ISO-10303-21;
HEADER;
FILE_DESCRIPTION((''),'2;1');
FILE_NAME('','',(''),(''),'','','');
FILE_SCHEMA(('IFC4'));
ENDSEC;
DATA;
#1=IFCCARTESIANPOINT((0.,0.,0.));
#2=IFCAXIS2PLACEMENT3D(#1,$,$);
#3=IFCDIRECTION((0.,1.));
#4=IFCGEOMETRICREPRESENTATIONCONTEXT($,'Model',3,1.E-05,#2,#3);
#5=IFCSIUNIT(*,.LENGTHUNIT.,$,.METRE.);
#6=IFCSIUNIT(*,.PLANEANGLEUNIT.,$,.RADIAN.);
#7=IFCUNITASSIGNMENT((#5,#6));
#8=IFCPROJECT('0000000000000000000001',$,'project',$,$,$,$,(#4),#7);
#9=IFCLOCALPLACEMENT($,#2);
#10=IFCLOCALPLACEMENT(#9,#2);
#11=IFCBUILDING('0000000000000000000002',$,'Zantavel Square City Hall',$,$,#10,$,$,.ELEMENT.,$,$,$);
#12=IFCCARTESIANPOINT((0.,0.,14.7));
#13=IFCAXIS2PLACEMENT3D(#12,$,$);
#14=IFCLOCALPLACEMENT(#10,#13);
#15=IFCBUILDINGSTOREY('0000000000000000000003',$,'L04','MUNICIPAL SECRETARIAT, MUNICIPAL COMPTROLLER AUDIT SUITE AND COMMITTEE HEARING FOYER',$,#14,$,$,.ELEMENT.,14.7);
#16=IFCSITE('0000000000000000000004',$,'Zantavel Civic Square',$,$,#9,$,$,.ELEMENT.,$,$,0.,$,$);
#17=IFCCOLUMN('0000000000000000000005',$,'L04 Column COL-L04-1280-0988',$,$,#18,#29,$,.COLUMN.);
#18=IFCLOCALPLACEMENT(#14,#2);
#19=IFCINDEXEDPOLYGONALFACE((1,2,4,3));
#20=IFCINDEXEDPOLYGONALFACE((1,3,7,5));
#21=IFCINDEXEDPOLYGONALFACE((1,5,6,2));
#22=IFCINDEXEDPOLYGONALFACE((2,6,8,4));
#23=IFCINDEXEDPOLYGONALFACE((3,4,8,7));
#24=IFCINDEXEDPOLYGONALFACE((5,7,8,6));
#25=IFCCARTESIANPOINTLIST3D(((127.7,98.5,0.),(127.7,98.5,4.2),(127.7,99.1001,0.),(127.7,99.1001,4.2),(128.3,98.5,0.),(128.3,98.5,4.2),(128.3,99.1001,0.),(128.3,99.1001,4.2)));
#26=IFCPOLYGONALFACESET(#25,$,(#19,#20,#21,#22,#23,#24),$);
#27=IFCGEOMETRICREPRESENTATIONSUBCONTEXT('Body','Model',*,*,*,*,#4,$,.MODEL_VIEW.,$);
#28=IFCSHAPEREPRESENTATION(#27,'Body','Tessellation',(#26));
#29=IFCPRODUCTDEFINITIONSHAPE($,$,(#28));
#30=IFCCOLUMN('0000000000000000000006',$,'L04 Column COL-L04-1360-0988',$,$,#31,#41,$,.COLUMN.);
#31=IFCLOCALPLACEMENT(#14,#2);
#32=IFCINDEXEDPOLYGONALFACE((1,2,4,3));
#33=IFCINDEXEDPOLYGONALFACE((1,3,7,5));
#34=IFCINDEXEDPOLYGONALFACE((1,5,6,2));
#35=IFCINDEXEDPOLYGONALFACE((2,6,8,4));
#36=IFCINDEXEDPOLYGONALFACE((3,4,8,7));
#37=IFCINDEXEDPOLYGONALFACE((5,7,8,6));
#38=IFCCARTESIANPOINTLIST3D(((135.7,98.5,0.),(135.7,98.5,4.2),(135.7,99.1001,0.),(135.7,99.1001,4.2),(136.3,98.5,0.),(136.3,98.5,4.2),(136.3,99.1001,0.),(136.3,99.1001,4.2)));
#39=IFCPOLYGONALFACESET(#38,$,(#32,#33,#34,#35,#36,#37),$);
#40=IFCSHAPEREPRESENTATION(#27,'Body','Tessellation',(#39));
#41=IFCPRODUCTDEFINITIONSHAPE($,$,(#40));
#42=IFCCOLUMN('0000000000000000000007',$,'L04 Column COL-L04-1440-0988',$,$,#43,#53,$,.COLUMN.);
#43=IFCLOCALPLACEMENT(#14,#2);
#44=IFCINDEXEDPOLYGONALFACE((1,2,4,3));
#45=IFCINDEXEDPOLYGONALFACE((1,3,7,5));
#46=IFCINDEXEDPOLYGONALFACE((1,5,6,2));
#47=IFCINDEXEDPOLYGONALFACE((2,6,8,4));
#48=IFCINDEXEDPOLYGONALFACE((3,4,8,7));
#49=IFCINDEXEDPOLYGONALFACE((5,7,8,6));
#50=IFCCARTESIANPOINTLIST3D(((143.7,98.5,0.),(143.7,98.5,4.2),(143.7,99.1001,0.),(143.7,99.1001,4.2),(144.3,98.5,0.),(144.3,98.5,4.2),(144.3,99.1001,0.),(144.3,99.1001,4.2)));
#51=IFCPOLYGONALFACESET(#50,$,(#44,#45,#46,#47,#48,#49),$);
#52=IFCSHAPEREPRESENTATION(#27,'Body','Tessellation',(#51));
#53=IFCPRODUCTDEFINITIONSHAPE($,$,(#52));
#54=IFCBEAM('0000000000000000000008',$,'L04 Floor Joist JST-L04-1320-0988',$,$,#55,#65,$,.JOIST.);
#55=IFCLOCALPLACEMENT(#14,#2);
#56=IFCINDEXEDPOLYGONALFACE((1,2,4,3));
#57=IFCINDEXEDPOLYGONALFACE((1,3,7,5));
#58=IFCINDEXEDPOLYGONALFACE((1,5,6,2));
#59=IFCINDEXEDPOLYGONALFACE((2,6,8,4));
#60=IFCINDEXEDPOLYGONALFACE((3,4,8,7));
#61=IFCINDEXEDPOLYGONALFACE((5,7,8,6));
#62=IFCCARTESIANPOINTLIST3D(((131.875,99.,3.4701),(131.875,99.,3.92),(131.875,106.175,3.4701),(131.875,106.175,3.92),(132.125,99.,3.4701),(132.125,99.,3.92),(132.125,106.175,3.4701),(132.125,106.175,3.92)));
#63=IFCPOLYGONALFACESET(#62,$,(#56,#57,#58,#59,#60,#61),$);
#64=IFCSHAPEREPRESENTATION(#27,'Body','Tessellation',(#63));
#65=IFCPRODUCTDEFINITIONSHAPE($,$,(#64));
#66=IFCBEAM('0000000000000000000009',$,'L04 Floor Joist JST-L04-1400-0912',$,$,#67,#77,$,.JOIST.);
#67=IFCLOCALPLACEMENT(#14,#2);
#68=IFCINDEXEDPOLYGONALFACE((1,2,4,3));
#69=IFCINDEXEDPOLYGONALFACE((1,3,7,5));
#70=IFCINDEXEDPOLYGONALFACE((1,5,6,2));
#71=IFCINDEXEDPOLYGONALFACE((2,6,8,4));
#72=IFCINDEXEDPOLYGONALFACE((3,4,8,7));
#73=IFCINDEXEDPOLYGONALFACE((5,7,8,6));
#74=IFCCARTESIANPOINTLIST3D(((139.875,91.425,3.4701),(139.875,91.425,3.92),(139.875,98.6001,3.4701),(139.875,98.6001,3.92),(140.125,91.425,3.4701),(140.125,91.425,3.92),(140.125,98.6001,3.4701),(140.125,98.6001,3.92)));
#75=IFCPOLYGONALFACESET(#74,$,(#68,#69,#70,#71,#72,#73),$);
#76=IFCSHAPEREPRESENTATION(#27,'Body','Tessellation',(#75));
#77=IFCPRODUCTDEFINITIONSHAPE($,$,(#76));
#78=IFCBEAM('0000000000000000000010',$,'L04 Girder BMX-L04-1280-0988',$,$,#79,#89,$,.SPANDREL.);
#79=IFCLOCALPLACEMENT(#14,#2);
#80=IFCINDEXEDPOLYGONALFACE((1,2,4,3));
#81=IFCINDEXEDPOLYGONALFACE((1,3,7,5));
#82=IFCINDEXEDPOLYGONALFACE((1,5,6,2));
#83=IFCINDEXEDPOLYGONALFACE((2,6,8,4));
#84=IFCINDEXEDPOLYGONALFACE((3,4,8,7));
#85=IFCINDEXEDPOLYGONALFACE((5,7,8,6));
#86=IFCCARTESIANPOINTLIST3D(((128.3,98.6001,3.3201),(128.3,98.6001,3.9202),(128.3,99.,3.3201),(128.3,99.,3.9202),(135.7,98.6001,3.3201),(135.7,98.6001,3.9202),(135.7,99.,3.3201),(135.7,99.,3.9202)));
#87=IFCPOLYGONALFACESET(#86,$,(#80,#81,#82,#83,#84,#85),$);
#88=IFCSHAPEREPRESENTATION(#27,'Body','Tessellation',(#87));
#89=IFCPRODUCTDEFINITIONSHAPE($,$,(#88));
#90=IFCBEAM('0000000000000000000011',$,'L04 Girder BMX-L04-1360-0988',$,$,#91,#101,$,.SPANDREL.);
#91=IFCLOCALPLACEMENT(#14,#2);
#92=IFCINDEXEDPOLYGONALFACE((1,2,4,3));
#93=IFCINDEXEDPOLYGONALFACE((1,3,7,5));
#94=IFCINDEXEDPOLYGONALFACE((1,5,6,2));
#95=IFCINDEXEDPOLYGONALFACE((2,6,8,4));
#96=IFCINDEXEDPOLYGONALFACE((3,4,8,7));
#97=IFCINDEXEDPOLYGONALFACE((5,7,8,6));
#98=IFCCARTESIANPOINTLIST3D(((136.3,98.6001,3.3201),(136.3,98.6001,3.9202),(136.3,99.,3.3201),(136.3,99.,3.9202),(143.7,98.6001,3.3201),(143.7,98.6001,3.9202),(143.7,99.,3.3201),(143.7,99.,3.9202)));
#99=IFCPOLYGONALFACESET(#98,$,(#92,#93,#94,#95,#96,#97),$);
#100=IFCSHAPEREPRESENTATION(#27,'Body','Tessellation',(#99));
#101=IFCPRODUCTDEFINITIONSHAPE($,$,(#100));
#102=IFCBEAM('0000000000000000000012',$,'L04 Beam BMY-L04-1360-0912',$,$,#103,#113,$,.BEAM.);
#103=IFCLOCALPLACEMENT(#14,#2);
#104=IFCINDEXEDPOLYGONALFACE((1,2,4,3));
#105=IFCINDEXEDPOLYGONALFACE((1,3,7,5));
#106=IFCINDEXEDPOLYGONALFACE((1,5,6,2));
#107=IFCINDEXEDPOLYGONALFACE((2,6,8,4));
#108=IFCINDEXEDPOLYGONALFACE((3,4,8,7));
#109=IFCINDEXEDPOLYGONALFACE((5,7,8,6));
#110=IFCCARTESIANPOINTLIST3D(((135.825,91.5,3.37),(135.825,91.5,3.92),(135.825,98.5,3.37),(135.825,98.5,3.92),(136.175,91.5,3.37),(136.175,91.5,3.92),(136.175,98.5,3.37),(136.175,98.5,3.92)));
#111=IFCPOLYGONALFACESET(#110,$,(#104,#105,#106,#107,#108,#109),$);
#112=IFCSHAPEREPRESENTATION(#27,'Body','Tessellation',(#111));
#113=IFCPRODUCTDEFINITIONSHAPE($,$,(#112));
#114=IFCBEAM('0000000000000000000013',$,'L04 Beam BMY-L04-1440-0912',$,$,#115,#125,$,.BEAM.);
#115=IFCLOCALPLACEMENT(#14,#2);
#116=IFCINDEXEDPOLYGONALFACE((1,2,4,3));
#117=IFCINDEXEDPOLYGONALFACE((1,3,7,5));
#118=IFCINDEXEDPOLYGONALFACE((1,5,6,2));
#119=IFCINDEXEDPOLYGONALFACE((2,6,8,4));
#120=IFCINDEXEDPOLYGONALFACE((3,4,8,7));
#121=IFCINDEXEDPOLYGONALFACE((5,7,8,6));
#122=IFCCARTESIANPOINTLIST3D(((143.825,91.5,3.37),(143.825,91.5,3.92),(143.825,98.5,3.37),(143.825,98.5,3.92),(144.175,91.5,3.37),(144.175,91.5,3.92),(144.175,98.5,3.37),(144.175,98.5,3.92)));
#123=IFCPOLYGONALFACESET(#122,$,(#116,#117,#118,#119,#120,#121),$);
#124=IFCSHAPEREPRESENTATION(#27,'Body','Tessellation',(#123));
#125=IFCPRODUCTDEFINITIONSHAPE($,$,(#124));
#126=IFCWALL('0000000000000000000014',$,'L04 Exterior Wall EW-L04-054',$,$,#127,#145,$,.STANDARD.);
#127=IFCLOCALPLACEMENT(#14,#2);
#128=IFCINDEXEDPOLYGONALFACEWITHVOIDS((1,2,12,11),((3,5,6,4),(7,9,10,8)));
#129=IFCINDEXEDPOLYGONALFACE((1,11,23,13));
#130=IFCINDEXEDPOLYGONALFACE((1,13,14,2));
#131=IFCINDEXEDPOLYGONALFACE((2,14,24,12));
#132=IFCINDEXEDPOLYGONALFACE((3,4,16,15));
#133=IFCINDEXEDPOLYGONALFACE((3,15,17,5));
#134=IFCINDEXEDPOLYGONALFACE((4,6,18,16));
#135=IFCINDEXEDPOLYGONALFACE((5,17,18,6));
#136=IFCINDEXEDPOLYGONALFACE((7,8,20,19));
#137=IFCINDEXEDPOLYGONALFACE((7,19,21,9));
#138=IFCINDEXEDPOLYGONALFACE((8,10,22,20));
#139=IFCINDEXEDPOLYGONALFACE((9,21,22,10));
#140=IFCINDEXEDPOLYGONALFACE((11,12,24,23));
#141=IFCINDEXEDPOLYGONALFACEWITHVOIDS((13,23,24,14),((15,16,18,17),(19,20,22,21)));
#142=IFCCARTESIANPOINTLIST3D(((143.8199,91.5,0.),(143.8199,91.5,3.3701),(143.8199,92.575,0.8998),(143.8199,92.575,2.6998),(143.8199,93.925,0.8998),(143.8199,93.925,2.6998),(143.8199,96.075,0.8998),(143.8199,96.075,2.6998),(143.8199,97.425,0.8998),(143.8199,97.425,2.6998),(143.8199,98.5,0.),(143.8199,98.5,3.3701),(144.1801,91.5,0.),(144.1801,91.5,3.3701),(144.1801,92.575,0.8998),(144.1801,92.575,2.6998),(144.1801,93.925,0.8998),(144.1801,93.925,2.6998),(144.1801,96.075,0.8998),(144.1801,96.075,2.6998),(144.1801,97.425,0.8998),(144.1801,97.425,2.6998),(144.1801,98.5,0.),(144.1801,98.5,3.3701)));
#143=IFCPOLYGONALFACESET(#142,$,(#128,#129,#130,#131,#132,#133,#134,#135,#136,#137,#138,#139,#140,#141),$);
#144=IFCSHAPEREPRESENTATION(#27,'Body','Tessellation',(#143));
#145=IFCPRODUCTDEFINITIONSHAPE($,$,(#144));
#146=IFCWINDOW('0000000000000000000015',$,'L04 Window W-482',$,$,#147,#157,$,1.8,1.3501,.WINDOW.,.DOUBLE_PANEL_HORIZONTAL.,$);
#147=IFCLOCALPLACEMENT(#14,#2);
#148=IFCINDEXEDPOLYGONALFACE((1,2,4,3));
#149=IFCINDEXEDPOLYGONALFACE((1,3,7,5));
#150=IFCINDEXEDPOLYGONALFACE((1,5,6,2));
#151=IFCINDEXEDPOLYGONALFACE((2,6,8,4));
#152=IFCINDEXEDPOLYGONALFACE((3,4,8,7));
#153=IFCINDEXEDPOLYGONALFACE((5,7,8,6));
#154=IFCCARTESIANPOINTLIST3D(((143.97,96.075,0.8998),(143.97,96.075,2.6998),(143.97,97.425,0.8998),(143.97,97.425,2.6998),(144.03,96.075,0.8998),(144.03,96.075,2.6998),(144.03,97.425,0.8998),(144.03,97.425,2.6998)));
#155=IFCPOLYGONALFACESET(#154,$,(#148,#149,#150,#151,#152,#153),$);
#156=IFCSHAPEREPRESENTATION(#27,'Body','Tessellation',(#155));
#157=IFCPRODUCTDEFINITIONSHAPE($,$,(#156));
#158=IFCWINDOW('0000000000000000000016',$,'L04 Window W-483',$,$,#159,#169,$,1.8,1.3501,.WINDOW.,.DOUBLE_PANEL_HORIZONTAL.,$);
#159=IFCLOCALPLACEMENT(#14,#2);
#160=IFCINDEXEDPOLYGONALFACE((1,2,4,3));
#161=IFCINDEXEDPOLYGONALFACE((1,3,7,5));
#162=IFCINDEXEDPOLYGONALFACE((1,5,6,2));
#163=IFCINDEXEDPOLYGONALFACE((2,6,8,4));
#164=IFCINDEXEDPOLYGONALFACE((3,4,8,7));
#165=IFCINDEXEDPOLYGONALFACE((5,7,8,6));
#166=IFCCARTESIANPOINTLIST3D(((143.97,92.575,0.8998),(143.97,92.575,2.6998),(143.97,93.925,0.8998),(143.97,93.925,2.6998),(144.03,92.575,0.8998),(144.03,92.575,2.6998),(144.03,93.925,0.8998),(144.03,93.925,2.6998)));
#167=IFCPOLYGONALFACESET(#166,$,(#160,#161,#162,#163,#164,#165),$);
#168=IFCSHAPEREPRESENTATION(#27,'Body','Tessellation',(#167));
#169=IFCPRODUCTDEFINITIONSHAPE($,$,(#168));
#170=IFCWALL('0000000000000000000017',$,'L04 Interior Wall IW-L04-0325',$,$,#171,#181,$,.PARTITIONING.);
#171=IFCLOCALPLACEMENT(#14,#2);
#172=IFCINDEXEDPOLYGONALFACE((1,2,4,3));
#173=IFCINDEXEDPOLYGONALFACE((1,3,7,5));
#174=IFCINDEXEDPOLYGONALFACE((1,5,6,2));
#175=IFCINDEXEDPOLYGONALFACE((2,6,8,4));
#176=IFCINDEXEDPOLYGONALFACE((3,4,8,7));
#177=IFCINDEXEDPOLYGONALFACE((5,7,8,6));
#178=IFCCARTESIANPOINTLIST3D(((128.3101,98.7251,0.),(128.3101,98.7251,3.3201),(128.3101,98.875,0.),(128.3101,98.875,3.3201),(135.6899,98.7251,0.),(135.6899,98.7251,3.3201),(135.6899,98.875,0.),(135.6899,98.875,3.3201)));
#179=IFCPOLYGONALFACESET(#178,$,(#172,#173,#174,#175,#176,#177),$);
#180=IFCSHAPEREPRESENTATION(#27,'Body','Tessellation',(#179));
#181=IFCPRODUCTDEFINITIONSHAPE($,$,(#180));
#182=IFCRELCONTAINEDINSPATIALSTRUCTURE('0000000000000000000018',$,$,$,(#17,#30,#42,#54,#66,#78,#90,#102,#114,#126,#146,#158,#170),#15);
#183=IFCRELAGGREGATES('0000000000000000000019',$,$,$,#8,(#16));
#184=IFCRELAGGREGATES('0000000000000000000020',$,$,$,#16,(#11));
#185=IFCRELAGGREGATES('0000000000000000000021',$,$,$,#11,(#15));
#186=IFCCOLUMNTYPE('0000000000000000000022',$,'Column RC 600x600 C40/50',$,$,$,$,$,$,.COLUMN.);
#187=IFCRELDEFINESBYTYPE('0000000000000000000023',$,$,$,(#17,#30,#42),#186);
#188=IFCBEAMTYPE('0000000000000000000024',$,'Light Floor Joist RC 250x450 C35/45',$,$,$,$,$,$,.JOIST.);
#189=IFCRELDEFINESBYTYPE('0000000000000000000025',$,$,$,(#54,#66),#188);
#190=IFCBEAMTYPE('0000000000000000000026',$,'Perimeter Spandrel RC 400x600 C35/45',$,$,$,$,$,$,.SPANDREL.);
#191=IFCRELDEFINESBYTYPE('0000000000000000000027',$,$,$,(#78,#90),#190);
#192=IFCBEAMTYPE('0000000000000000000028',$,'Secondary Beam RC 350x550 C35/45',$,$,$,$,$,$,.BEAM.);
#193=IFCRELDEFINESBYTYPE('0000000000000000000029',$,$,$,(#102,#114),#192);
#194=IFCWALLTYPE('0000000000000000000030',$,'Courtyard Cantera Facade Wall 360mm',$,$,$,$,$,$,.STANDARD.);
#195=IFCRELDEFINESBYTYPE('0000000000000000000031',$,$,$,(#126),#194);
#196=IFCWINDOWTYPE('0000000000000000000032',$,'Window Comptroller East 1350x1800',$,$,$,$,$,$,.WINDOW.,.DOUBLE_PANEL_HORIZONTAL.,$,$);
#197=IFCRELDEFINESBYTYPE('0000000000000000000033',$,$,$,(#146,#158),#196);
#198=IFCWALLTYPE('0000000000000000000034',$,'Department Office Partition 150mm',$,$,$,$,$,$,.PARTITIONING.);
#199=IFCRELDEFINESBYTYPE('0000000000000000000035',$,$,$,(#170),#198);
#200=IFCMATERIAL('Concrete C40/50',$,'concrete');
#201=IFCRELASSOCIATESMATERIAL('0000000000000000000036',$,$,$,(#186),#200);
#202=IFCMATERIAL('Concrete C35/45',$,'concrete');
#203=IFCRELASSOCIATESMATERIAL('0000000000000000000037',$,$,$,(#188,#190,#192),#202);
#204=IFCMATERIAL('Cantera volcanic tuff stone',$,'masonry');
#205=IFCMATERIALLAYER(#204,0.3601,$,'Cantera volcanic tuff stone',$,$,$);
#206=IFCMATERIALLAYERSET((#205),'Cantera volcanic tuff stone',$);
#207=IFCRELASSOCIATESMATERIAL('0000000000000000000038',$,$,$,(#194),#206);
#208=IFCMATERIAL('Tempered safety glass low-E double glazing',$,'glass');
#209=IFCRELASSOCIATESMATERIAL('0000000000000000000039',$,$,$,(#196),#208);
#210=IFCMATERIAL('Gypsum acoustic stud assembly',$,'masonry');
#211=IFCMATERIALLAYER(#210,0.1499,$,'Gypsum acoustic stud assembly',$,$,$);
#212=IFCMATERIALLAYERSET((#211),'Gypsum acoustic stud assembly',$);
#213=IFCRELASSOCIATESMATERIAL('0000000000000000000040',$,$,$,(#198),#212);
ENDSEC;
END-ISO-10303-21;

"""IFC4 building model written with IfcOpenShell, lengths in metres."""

from ifc_helpers import new_model, si_unit, direction, frame, frame_2d, origin, origin_2d, place, context, subcontext, project, spatial, rectangle, extrude, material, layer, layer_set, material_profile, profile_set, type_object, element, fill, save


model = new_model("IFC4")

# Units and contexts
model_context = context("Model", 3, precision=1e-05, world=origin(), true_north=direction((0.0, 1.0)))
body_context = subcontext(model_context, "Body", "Model", "MODEL_VIEW")
ifc_project = project(units=[si_unit("LENGTHUNIT", "METRE"), si_unit("PLANEANGLEUNIT", "RADIAN")], contexts=[model_context])

# Site, building, storey
site_placement = place(None, origin())
site = spatial("IfcSite", under=ifc_project, at=site_placement, Name="Zantavel Civic Square", CompositionType="ELEMENT", RefElevation=0.0)
building_placement = place(site_placement, origin())
building = spatial("IfcBuilding", under=site, at=building_placement, Name="Zantavel Square City Hall", CompositionType="ELEMENT")
storey_placement = place(building_placement, frame((0.0, 0.0, 14.7)))
storey = spatial("IfcBuildingStorey", under=building, at=storey_placement, Name="L04", Description="MUNICIPAL SECRETARIAT, MUNICIPAL COMPTROLLER AUDIT SUITE AND COMMITTEE HEARING FOYER", CompositionType="ELEMENT", Elevation=14.7)

# Columns
ifc_material_1 = material(Name="Concrete C40/50", Category="concrete")
ifc_material_profile_1 = material_profile(ifc_material_1, rectangle(XDim=0.6001, YDim=0.6001, at=origin_2d()), Name="RC 600x600")
ifc_profile_set_1 = profile_set([ifc_material_profile_1], Name="Concrete C40/50")
column_type = type_object("IfcColumnType", Name="Column RC 600x600 C40/50", PredefinedType="COLUMN", material=ifc_profile_set_1)
for number, where, z_axis, x_axis, name in (
    (1, (128.0, 98.8, 0.0), (0.0, 0.0, 1.0), (1.0, 0.0, 0.0), "L04 Column COL-L04-1280-0988"),
    (2, (136.0, 98.8, 0.0), (0.0, 0.0, 1.0), (1.0, 0.0, 0.0), "L04 Column COL-L04-1360-0988"),
    (3, (144.0, 98.8, 0.0), (0.0, 0.0, 1.0), (1.0, 0.0, 0.0), "L04 Column COL-L04-1440-0988"),
):
    element("IfcColumn", number, at=place(storey_placement, frame(where, z_axis=z_axis, x_axis=x_axis)), inside=storey, type_object=column_type, Name=name, PredefinedType="COLUMN", context=body_context, shape_type="SweptSolid", body=[
        extrude(rectangle(XDim=0.6001, YDim=0.6001, at=origin_2d()), origin(), (0.0, 0.0, 1.0), 4.2),
    ])

# Beams
ifc_material_2 = material(Name="Concrete C35/45", Category="concrete")
ifc_material_profile_2 = material_profile(ifc_material_2, rectangle(XDim=0.25, YDim=0.45, at=origin_2d()), Name="RC 250x450")
ifc_profile_set_2 = profile_set([ifc_material_profile_2], Name="Concrete C35/45")
beam_type_1 = type_object("IfcBeamType", Name="Light Floor Joist RC 250x450 C35/45", PredefinedType="JOIST", material=ifc_profile_set_2)
for number, where, z_axis, x_axis, name in (
    (4, (132.0, 99.0, 3.6951), (0.0, 1.0, 0.0), (-1.0, 0.0, 0.0), "L04 Floor Joist JST-L04-1320-0988"),
    (5, (140.0, 91.425, 3.6951), (0.0, 1.0, 0.0), (-1.0, 0.0, 0.0), "L04 Floor Joist JST-L04-1400-0912"),
):
    element("IfcBeam", number, at=place(storey_placement, frame(where, z_axis=z_axis, x_axis=x_axis)), inside=storey, type_object=beam_type_1, Name=name, PredefinedType="JOIST", context=body_context, shape_type="SweptSolid", body=[
        extrude(rectangle(XDim=0.25, YDim=0.45, at=origin_2d()), origin(), (0.0, 0.0, 1.0), 7.175),
    ])
ifc_material_profile_3 = material_profile(ifc_material_2, rectangle(XDim=0.3999, YDim=0.6001, at=origin_2d()), Name="RC 400x600")
ifc_profile_set_3 = profile_set([ifc_material_profile_3], Name="Concrete C35/45")
beam_type_2 = type_object("IfcBeamType", Name="Perimeter Spandrel RC 400x600 C35/45", PredefinedType="SPANDREL", material=ifc_profile_set_3)
for number, where, z_axis, x_axis, name in (
    (6, (128.3, 98.8, 3.6201), (1.0, 0.0, 0.0), (0.0, 1.0, 0.0), "L04 Girder BMX-L04-1280-0988"),
    (7, (136.3, 98.8, 3.6201), (1.0, 0.0, 0.0), (0.0, 1.0, 0.0), "L04 Girder BMX-L04-1360-0988"),
):
    element("IfcBeam", number, at=place(storey_placement, frame(where, z_axis=z_axis, x_axis=x_axis)), inside=storey, type_object=beam_type_2, Name=name, PredefinedType="SPANDREL", context=body_context, shape_type="SweptSolid", body=[
        extrude(rectangle(XDim=0.3999, YDim=0.6001, at=origin_2d()), origin(), (0.0, 0.0, 1.0), 7.3999),
    ])
ifc_material_profile_4 = material_profile(ifc_material_2, rectangle(XDim=0.3501, YDim=0.55, at=origin_2d()), Name="RC 350x550")
ifc_profile_set_4 = profile_set([ifc_material_profile_4], Name="Concrete C35/45")
beam_type_3 = type_object("IfcBeamType", Name="Secondary Beam RC 350x550 C35/45", PredefinedType="BEAM", material=ifc_profile_set_4)
for number, where, z_axis, x_axis, name in (
    (8, (136.0, 91.5, 3.645), (0.0, 1.0, 0.0), (-1.0, 0.0, 0.0), "L04 Beam BMY-L04-1360-0912"),
    (9, (144.0, 91.5, 3.645), (0.0, 1.0, 0.0), (-1.0, 0.0, 0.0), "L04 Beam BMY-L04-1440-0912"),
):
    element("IfcBeam", number, at=place(storey_placement, frame(where, z_axis=z_axis, x_axis=x_axis)), inside=storey, type_object=beam_type_3, Name=name, PredefinedType="BEAM", context=body_context, shape_type="SweptSolid", body=[
        extrude(rectangle(XDim=0.3501, YDim=0.55, at=origin_2d()), origin(), (0.0, 0.0, 1.0), 7.0),
    ])

# Wall, openings, windows
ifc_material_3 = material(Name="Cantera volcanic tuff stone", Category="masonry")
ifc_layer_1 = layer(ifc_material_3, 0.3601, Name="Cantera volcanic tuff stone")
ifc_layer_set_1 = layer_set([ifc_layer_1], Name="Cantera volcanic tuff stone")
wall_type_1 = type_object("IfcWallType", Name="Courtyard Cantera Facade Wall 360mm", PredefinedType="STANDARD", material=ifc_layer_set_1)
wall_1_placement = place(storey_placement, frame((144.0, 98.5, 0.0), z_axis=(0.0, 0.0, 1.0), x_axis=(0.0, -1.0, 0.0)))
wall_1 = element("IfcWall", 10, at=wall_1_placement, inside=storey, type_object=wall_type_1, Name="L04 Exterior Wall EW-L04-054", PredefinedType="STANDARD", context=body_context, shape_type="SweptSolid", body=[
    extrude(rectangle(XDim=7.0, YDim=0.3601, at=frame_2d((3.5, 0.0))), origin(), (0.0, 0.0, 1.0), 3.3701),
])
opening_1_placement = place(wall_1_placement, frame((1.075, 0.0, 0.8999)))
opening_1 = element("IfcOpeningElement", 11, at=opening_1_placement, cuts=wall_1, PredefinedType="OPENING", context=body_context, shape_type="SweptSolid", body=[
    extrude(rectangle(XDim=1.3501, YDim=1.8, at=frame_2d((0.675, 0.8999))), frame((0.0, 0.1899, 0.0), z_axis=(0.0, -1.0, 0.0), x_axis=(1.0, 0.0, 0.0)), (0.0, 0.0, 1.0), 0.3801),
])
opening_2_placement = place(wall_1_placement, frame((4.575, 0.0, 0.8999)))
opening_2 = element("IfcOpeningElement", 12, at=opening_2_placement, cuts=wall_1, PredefinedType="OPENING", context=body_context, shape_type="SweptSolid", body=[
    extrude(rectangle(XDim=1.3501, YDim=1.8, at=frame_2d((0.675, 0.8999))), frame((0.0, 0.1899, 0.0), z_axis=(0.0, -1.0, 0.0), x_axis=(1.0, 0.0, 0.0)), (0.0, 0.0, 1.0), 0.3801),
])
ifc_material_4 = material(Name="Tempered safety glass low-E double glazing", Category="glass")
window_type_1 = type_object("IfcWindowType", Name="Window Comptroller East 1350x1800", PartitioningType="DOUBLE_PANEL_HORIZONTAL", PredefinedType="WINDOW", material=ifc_material_4)
window_1_placement = place(opening_1_placement, origin())
window_1 = element("IfcWindow", 13, at=window_1_placement, inside=storey, type_object=window_type_1, Name="L04 Window W-482", OverallHeight=1.8, OverallWidth=1.3501, PartitioningType="DOUBLE_PANEL_HORIZONTAL", PredefinedType="WINDOW", context=body_context, shape_type="SweptSolid", body=[
    extrude(rectangle(XDim=1.3501, YDim=1.8, at=frame_2d((0.675, 0.8999))), frame((0.0, 0.03, 0.0), z_axis=(0.0, -1.0, 0.0), x_axis=(1.0, 0.0, 0.0)), (0.0, 0.0, 1.0), 0.0601),
])
fill(opening_1, window_1)
window_2_placement = place(opening_2_placement, origin())
window_2 = element("IfcWindow", 14, at=window_2_placement, inside=storey, type_object=window_type_1, Name="L04 Window W-483", OverallHeight=1.8, OverallWidth=1.3501, PartitioningType="DOUBLE_PANEL_HORIZONTAL", PredefinedType="WINDOW", context=body_context, shape_type="SweptSolid", body=[
    extrude(rectangle(XDim=1.3501, YDim=1.8, at=frame_2d((0.675, 0.8999))), frame((0.0, 0.03, 0.0), z_axis=(0.0, -1.0, 0.0), x_axis=(1.0, 0.0, 0.0)), (0.0, 0.0, 1.0), 0.0601),
])
fill(opening_2, window_2)

# Wall
ifc_material_5 = material(Name="Gypsum acoustic stud assembly", Category="masonry")
ifc_layer_2 = layer(ifc_material_5, 0.1499, Name="Gypsum acoustic stud assembly")
ifc_layer_set_2 = layer_set([ifc_layer_2], Name="Gypsum acoustic stud assembly")
wall_type_2 = type_object("IfcWallType", Name="Department Office Partition 150mm", PredefinedType="PARTITIONING", material=ifc_layer_set_2)
wall_2_placement = place(storey_placement, frame((128.3101, 98.8, 0.0), z_axis=(0.0, 0.0, 1.0), x_axis=(1.0, 0.0, 0.0)))
element("IfcWall", 15, at=wall_2_placement, inside=storey, type_object=wall_type_2, Name="L04 Interior Wall IW-L04-0325", PredefinedType="PARTITIONING", context=body_context, shape_type="SweptSolid", body=[
    extrude(rectangle(XDim=7.3799, YDim=0.1499, at=frame_2d((3.6899, 0.0))), origin(), (0.0, 0.0, 1.0), 3.3201),
])

save(model, "model.ifc")
